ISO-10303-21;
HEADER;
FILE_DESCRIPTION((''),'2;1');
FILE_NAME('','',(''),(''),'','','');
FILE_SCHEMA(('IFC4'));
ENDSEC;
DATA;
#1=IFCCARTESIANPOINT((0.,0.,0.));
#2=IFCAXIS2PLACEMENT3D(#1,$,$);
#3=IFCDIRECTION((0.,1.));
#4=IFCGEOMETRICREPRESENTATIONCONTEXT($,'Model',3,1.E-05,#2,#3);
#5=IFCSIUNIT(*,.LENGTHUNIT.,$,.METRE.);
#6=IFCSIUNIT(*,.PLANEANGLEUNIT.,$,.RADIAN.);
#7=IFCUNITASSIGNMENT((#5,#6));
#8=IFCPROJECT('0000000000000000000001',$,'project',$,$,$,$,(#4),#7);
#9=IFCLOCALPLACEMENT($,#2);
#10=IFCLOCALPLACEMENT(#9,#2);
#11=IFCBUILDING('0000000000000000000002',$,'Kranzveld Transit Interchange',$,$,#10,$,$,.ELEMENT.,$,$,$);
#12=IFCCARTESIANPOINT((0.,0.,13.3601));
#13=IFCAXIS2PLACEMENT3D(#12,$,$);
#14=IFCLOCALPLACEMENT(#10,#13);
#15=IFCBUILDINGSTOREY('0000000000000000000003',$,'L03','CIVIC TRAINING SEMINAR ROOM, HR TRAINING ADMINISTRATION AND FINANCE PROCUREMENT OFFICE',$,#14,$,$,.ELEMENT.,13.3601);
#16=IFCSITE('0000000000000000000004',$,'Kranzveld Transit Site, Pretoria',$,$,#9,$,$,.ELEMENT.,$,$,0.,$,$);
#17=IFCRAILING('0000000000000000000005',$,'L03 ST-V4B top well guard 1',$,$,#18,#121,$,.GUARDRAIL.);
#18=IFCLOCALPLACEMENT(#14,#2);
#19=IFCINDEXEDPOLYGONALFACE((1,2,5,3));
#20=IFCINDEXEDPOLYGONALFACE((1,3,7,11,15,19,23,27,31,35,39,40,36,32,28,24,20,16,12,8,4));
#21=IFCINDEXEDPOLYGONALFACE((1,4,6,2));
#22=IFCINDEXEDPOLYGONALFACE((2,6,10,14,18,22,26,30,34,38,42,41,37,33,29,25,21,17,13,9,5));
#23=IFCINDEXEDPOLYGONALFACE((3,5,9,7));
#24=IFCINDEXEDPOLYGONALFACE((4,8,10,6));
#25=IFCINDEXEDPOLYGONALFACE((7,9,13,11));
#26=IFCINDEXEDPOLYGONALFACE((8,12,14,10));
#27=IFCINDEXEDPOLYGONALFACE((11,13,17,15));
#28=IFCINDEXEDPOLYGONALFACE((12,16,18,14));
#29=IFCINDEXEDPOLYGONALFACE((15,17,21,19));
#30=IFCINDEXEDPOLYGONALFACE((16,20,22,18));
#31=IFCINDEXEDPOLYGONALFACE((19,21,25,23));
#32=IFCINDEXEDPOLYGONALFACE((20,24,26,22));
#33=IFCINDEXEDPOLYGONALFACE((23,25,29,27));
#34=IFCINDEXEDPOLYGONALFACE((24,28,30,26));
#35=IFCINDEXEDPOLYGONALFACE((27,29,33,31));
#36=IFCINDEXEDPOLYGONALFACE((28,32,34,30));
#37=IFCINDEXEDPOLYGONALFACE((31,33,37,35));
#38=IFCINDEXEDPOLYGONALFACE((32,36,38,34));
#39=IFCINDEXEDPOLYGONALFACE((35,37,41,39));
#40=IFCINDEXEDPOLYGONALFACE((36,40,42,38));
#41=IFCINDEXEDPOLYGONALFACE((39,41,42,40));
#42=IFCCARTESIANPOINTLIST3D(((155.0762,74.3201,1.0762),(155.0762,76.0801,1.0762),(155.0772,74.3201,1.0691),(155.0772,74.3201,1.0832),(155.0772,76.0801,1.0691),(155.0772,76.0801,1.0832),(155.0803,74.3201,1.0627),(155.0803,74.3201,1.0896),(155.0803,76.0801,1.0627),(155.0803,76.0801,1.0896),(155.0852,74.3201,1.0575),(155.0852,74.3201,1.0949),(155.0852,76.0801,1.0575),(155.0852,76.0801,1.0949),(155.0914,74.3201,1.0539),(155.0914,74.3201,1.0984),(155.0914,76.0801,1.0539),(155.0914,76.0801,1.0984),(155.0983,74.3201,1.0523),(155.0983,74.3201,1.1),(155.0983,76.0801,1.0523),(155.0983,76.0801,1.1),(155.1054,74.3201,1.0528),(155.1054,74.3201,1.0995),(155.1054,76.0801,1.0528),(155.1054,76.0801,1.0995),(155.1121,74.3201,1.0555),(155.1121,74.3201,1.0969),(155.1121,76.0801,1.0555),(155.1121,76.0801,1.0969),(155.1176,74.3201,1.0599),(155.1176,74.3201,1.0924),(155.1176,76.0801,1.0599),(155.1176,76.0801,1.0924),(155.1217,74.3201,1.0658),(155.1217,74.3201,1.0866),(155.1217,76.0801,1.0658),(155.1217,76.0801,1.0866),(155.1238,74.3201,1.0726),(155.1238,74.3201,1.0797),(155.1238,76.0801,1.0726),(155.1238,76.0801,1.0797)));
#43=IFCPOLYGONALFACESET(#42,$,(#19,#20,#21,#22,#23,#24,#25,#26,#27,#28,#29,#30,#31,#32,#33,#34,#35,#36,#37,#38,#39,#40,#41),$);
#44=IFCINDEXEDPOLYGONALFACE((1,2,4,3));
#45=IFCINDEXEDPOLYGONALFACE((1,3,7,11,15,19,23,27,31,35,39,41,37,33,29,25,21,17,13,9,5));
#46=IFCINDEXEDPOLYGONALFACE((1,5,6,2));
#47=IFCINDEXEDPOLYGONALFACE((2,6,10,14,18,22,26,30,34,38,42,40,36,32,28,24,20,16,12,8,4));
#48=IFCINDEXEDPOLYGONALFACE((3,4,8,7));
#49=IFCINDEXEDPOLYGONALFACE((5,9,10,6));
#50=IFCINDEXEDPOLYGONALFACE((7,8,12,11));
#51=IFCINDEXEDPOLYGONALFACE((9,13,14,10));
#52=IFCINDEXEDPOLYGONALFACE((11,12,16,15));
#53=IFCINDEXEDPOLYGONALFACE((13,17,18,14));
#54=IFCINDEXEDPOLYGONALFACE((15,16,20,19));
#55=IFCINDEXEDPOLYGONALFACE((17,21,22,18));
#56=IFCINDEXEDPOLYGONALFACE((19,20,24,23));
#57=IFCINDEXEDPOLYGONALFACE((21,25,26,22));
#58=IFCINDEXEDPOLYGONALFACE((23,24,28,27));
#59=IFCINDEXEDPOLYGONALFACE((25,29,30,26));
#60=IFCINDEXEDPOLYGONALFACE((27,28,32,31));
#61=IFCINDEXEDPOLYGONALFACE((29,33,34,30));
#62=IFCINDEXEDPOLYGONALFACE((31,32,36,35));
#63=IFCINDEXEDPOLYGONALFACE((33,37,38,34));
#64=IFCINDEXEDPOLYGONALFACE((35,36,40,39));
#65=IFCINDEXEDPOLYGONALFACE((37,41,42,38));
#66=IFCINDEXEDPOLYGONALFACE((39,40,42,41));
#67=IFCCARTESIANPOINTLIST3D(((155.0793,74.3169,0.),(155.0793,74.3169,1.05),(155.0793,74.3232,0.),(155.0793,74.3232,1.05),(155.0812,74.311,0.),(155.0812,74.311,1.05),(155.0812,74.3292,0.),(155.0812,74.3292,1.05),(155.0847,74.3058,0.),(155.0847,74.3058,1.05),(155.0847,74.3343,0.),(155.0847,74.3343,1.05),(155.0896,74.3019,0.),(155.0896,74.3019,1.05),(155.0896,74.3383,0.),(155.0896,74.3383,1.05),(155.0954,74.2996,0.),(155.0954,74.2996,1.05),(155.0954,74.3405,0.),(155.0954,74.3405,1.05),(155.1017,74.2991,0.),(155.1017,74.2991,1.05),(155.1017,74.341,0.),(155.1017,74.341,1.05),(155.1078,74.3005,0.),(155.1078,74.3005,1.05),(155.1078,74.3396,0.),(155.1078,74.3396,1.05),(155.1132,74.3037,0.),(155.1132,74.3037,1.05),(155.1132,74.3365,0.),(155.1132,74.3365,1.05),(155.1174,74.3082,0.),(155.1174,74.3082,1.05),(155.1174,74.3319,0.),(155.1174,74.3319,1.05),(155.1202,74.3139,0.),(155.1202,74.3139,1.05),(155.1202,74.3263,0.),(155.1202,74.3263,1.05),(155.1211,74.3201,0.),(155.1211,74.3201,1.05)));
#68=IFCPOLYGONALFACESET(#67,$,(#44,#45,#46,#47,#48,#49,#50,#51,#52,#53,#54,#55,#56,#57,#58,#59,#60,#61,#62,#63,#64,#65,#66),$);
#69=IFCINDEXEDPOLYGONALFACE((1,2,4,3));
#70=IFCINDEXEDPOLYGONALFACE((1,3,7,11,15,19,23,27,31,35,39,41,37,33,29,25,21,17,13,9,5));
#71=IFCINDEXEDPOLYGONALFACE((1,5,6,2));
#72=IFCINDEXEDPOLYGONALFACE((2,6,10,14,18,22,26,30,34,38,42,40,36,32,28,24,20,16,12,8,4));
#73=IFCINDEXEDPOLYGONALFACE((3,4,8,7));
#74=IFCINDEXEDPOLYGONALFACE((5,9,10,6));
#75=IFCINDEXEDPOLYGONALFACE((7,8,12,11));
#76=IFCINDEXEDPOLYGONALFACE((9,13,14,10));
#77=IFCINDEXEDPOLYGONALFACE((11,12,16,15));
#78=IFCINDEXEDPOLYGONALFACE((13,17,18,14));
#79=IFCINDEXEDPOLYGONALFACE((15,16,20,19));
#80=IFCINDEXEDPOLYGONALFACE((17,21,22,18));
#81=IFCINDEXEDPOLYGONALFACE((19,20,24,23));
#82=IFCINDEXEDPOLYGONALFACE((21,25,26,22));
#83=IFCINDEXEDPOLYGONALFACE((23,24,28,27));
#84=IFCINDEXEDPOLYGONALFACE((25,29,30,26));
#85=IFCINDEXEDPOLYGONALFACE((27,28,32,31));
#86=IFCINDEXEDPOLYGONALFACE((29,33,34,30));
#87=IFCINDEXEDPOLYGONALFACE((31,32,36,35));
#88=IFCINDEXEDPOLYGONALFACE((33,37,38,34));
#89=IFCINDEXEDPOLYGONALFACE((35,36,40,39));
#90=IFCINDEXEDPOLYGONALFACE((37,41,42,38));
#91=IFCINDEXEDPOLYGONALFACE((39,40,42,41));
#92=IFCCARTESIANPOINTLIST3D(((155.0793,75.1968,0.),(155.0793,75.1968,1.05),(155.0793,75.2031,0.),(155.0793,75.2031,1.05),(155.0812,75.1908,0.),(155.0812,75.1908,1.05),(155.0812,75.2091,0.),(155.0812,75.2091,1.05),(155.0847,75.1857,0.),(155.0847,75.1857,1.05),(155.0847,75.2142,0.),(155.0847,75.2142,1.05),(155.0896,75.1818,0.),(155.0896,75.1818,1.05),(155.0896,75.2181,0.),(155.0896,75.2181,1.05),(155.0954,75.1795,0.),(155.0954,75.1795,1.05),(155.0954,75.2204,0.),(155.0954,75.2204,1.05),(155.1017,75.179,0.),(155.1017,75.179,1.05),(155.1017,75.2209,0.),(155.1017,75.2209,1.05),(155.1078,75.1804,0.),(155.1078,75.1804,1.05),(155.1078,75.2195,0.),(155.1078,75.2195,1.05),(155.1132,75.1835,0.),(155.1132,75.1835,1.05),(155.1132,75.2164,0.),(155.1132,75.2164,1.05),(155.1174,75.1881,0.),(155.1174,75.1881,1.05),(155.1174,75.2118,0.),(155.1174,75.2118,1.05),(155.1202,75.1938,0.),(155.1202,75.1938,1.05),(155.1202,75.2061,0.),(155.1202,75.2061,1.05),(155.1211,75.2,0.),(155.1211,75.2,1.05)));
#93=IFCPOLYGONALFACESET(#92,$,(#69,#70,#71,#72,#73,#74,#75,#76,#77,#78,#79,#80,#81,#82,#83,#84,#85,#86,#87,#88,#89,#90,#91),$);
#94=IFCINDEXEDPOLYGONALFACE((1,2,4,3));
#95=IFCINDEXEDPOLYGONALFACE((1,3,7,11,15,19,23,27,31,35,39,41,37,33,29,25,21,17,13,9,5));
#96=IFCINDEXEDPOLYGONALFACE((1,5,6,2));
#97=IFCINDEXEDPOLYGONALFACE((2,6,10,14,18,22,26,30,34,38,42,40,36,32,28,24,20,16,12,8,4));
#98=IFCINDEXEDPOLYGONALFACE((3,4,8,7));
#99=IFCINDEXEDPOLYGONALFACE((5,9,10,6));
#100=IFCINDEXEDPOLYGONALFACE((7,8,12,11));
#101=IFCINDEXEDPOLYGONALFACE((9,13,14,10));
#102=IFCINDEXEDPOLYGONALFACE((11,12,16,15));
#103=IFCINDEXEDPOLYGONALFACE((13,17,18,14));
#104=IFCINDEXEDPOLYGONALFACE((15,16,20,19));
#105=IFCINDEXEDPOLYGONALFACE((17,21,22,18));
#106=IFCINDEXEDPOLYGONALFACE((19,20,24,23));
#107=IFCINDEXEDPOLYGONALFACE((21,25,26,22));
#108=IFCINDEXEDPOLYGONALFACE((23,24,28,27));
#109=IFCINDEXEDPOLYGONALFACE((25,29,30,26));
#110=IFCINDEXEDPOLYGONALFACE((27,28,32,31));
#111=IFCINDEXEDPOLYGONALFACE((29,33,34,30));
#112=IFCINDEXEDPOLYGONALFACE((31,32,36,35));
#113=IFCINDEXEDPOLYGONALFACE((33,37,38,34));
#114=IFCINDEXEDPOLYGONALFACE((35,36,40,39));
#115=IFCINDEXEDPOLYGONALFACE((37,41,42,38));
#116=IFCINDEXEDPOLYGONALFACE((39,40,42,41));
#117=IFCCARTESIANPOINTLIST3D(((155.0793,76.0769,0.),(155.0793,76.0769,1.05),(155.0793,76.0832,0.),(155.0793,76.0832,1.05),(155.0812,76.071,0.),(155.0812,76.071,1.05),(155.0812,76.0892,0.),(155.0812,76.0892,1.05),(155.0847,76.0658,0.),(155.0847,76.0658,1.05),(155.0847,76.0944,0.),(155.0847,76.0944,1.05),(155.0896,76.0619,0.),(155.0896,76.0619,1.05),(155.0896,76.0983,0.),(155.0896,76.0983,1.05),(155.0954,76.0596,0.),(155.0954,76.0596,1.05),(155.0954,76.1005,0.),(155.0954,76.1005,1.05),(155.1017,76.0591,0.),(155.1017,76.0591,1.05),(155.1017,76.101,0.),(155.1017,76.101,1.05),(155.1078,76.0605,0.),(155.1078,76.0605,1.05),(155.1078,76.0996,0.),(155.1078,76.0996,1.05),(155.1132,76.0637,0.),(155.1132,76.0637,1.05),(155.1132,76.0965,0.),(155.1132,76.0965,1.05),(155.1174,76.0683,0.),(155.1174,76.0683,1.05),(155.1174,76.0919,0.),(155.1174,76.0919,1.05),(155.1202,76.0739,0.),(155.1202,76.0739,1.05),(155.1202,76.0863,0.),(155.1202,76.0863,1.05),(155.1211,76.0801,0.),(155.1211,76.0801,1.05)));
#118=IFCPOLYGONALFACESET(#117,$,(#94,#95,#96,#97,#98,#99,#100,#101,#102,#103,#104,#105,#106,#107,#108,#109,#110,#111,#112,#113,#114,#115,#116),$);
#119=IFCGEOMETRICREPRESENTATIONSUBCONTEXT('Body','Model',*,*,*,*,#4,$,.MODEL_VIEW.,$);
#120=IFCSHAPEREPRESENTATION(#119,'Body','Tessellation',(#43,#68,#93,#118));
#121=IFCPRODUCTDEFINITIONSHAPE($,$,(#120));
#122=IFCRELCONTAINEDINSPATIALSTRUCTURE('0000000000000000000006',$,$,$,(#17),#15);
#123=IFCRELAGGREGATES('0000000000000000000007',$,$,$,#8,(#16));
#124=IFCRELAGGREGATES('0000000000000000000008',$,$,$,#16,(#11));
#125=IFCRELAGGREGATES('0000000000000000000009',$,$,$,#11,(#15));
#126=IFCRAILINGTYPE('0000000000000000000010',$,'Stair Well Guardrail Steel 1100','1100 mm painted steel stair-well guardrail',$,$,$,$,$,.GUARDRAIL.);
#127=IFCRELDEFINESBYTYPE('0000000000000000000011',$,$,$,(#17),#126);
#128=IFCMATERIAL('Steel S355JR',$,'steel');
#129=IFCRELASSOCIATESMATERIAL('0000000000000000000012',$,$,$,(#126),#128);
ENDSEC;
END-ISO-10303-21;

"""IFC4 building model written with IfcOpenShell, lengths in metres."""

from ifc_helpers import new_model, si_unit, direction, frame, origin, origin_2d, place, context, subcontext, project, spatial, circle, extrude, material, type_object, element, save


model = new_model("IFC4")

# Units and contexts
model_context = context("Model", 3, precision=1e-05, world=origin(), true_north=direction((0.0, 1.0)))
body_context = subcontext(model_context, "Body", "Model", "MODEL_VIEW")
ifc_project = project(units=[si_unit("LENGTHUNIT", "METRE"), si_unit("PLANEANGLEUNIT", "RADIAN")], contexts=[model_context])

# Site, building, storey
site_placement = place(None, origin())
site = spatial("IfcSite", under=ifc_project, at=site_placement, Name="Kranzveld Transit Site, Pretoria", CompositionType="ELEMENT", RefElevation=0.0)
building_placement = place(site_placement, origin())
building = spatial("IfcBuilding", under=site, at=building_placement, Name="Kranzveld Transit Interchange", CompositionType="ELEMENT")
storey_placement = place(building_placement, frame((0.0, 0.0, 13.3601)))
storey = spatial("IfcBuildingStorey", under=building, at=storey_placement, Name="L03", Description="CIVIC TRAINING SEMINAR ROOM, HR TRAINING ADMINISTRATION AND FINANCE PROCUREMENT OFFICE", CompositionType="ELEMENT", Elevation=13.3601)

# Railing
ifc_material_1 = material(Name="Steel S355JR", Category="steel")
railing_type = type_object("IfcRailingType", Name="Stair Well Guardrail Steel 1100", Description="1100 mm painted steel stair-well guardrail", PredefinedType="GUARDRAIL", material=ifc_material_1)
railing_placement = place(storey_placement, frame((155.1001, 74.3201, 0.0)))
element("IfcRailing", 1, at=railing_placement, inside=storey, type_object=railing_type, Name="L03 ST-V4B top well guard 1", PredefinedType="GUARDRAIL", context=body_context, shape_type="SweptSolid", body=[
    extrude(circle(Radius=0.0239, at=origin_2d()), frame((0.0, 0.0, 1.0762), z_axis=(0.0, 1.0, 0.0), x_axis=(-1.0, 0.0, 0.0)), (0.0, 0.0, 1.0), 1.76),
    extrude(circle(Radius=0.021, at=origin_2d()), origin(), (0.0, 0.0, 1.0), 1.05),
    extrude(circle(Radius=0.021, at=origin_2d()), frame((0.0, 0.8799, 0.0)), (0.0, 0.0, 1.0), 1.05),
    extrude(circle(Radius=0.021, at=origin_2d()), frame((0.0, 1.76, 0.0)), (0.0, 0.0, 1.0), 1.05),
])

save(model, "model.ifc")
